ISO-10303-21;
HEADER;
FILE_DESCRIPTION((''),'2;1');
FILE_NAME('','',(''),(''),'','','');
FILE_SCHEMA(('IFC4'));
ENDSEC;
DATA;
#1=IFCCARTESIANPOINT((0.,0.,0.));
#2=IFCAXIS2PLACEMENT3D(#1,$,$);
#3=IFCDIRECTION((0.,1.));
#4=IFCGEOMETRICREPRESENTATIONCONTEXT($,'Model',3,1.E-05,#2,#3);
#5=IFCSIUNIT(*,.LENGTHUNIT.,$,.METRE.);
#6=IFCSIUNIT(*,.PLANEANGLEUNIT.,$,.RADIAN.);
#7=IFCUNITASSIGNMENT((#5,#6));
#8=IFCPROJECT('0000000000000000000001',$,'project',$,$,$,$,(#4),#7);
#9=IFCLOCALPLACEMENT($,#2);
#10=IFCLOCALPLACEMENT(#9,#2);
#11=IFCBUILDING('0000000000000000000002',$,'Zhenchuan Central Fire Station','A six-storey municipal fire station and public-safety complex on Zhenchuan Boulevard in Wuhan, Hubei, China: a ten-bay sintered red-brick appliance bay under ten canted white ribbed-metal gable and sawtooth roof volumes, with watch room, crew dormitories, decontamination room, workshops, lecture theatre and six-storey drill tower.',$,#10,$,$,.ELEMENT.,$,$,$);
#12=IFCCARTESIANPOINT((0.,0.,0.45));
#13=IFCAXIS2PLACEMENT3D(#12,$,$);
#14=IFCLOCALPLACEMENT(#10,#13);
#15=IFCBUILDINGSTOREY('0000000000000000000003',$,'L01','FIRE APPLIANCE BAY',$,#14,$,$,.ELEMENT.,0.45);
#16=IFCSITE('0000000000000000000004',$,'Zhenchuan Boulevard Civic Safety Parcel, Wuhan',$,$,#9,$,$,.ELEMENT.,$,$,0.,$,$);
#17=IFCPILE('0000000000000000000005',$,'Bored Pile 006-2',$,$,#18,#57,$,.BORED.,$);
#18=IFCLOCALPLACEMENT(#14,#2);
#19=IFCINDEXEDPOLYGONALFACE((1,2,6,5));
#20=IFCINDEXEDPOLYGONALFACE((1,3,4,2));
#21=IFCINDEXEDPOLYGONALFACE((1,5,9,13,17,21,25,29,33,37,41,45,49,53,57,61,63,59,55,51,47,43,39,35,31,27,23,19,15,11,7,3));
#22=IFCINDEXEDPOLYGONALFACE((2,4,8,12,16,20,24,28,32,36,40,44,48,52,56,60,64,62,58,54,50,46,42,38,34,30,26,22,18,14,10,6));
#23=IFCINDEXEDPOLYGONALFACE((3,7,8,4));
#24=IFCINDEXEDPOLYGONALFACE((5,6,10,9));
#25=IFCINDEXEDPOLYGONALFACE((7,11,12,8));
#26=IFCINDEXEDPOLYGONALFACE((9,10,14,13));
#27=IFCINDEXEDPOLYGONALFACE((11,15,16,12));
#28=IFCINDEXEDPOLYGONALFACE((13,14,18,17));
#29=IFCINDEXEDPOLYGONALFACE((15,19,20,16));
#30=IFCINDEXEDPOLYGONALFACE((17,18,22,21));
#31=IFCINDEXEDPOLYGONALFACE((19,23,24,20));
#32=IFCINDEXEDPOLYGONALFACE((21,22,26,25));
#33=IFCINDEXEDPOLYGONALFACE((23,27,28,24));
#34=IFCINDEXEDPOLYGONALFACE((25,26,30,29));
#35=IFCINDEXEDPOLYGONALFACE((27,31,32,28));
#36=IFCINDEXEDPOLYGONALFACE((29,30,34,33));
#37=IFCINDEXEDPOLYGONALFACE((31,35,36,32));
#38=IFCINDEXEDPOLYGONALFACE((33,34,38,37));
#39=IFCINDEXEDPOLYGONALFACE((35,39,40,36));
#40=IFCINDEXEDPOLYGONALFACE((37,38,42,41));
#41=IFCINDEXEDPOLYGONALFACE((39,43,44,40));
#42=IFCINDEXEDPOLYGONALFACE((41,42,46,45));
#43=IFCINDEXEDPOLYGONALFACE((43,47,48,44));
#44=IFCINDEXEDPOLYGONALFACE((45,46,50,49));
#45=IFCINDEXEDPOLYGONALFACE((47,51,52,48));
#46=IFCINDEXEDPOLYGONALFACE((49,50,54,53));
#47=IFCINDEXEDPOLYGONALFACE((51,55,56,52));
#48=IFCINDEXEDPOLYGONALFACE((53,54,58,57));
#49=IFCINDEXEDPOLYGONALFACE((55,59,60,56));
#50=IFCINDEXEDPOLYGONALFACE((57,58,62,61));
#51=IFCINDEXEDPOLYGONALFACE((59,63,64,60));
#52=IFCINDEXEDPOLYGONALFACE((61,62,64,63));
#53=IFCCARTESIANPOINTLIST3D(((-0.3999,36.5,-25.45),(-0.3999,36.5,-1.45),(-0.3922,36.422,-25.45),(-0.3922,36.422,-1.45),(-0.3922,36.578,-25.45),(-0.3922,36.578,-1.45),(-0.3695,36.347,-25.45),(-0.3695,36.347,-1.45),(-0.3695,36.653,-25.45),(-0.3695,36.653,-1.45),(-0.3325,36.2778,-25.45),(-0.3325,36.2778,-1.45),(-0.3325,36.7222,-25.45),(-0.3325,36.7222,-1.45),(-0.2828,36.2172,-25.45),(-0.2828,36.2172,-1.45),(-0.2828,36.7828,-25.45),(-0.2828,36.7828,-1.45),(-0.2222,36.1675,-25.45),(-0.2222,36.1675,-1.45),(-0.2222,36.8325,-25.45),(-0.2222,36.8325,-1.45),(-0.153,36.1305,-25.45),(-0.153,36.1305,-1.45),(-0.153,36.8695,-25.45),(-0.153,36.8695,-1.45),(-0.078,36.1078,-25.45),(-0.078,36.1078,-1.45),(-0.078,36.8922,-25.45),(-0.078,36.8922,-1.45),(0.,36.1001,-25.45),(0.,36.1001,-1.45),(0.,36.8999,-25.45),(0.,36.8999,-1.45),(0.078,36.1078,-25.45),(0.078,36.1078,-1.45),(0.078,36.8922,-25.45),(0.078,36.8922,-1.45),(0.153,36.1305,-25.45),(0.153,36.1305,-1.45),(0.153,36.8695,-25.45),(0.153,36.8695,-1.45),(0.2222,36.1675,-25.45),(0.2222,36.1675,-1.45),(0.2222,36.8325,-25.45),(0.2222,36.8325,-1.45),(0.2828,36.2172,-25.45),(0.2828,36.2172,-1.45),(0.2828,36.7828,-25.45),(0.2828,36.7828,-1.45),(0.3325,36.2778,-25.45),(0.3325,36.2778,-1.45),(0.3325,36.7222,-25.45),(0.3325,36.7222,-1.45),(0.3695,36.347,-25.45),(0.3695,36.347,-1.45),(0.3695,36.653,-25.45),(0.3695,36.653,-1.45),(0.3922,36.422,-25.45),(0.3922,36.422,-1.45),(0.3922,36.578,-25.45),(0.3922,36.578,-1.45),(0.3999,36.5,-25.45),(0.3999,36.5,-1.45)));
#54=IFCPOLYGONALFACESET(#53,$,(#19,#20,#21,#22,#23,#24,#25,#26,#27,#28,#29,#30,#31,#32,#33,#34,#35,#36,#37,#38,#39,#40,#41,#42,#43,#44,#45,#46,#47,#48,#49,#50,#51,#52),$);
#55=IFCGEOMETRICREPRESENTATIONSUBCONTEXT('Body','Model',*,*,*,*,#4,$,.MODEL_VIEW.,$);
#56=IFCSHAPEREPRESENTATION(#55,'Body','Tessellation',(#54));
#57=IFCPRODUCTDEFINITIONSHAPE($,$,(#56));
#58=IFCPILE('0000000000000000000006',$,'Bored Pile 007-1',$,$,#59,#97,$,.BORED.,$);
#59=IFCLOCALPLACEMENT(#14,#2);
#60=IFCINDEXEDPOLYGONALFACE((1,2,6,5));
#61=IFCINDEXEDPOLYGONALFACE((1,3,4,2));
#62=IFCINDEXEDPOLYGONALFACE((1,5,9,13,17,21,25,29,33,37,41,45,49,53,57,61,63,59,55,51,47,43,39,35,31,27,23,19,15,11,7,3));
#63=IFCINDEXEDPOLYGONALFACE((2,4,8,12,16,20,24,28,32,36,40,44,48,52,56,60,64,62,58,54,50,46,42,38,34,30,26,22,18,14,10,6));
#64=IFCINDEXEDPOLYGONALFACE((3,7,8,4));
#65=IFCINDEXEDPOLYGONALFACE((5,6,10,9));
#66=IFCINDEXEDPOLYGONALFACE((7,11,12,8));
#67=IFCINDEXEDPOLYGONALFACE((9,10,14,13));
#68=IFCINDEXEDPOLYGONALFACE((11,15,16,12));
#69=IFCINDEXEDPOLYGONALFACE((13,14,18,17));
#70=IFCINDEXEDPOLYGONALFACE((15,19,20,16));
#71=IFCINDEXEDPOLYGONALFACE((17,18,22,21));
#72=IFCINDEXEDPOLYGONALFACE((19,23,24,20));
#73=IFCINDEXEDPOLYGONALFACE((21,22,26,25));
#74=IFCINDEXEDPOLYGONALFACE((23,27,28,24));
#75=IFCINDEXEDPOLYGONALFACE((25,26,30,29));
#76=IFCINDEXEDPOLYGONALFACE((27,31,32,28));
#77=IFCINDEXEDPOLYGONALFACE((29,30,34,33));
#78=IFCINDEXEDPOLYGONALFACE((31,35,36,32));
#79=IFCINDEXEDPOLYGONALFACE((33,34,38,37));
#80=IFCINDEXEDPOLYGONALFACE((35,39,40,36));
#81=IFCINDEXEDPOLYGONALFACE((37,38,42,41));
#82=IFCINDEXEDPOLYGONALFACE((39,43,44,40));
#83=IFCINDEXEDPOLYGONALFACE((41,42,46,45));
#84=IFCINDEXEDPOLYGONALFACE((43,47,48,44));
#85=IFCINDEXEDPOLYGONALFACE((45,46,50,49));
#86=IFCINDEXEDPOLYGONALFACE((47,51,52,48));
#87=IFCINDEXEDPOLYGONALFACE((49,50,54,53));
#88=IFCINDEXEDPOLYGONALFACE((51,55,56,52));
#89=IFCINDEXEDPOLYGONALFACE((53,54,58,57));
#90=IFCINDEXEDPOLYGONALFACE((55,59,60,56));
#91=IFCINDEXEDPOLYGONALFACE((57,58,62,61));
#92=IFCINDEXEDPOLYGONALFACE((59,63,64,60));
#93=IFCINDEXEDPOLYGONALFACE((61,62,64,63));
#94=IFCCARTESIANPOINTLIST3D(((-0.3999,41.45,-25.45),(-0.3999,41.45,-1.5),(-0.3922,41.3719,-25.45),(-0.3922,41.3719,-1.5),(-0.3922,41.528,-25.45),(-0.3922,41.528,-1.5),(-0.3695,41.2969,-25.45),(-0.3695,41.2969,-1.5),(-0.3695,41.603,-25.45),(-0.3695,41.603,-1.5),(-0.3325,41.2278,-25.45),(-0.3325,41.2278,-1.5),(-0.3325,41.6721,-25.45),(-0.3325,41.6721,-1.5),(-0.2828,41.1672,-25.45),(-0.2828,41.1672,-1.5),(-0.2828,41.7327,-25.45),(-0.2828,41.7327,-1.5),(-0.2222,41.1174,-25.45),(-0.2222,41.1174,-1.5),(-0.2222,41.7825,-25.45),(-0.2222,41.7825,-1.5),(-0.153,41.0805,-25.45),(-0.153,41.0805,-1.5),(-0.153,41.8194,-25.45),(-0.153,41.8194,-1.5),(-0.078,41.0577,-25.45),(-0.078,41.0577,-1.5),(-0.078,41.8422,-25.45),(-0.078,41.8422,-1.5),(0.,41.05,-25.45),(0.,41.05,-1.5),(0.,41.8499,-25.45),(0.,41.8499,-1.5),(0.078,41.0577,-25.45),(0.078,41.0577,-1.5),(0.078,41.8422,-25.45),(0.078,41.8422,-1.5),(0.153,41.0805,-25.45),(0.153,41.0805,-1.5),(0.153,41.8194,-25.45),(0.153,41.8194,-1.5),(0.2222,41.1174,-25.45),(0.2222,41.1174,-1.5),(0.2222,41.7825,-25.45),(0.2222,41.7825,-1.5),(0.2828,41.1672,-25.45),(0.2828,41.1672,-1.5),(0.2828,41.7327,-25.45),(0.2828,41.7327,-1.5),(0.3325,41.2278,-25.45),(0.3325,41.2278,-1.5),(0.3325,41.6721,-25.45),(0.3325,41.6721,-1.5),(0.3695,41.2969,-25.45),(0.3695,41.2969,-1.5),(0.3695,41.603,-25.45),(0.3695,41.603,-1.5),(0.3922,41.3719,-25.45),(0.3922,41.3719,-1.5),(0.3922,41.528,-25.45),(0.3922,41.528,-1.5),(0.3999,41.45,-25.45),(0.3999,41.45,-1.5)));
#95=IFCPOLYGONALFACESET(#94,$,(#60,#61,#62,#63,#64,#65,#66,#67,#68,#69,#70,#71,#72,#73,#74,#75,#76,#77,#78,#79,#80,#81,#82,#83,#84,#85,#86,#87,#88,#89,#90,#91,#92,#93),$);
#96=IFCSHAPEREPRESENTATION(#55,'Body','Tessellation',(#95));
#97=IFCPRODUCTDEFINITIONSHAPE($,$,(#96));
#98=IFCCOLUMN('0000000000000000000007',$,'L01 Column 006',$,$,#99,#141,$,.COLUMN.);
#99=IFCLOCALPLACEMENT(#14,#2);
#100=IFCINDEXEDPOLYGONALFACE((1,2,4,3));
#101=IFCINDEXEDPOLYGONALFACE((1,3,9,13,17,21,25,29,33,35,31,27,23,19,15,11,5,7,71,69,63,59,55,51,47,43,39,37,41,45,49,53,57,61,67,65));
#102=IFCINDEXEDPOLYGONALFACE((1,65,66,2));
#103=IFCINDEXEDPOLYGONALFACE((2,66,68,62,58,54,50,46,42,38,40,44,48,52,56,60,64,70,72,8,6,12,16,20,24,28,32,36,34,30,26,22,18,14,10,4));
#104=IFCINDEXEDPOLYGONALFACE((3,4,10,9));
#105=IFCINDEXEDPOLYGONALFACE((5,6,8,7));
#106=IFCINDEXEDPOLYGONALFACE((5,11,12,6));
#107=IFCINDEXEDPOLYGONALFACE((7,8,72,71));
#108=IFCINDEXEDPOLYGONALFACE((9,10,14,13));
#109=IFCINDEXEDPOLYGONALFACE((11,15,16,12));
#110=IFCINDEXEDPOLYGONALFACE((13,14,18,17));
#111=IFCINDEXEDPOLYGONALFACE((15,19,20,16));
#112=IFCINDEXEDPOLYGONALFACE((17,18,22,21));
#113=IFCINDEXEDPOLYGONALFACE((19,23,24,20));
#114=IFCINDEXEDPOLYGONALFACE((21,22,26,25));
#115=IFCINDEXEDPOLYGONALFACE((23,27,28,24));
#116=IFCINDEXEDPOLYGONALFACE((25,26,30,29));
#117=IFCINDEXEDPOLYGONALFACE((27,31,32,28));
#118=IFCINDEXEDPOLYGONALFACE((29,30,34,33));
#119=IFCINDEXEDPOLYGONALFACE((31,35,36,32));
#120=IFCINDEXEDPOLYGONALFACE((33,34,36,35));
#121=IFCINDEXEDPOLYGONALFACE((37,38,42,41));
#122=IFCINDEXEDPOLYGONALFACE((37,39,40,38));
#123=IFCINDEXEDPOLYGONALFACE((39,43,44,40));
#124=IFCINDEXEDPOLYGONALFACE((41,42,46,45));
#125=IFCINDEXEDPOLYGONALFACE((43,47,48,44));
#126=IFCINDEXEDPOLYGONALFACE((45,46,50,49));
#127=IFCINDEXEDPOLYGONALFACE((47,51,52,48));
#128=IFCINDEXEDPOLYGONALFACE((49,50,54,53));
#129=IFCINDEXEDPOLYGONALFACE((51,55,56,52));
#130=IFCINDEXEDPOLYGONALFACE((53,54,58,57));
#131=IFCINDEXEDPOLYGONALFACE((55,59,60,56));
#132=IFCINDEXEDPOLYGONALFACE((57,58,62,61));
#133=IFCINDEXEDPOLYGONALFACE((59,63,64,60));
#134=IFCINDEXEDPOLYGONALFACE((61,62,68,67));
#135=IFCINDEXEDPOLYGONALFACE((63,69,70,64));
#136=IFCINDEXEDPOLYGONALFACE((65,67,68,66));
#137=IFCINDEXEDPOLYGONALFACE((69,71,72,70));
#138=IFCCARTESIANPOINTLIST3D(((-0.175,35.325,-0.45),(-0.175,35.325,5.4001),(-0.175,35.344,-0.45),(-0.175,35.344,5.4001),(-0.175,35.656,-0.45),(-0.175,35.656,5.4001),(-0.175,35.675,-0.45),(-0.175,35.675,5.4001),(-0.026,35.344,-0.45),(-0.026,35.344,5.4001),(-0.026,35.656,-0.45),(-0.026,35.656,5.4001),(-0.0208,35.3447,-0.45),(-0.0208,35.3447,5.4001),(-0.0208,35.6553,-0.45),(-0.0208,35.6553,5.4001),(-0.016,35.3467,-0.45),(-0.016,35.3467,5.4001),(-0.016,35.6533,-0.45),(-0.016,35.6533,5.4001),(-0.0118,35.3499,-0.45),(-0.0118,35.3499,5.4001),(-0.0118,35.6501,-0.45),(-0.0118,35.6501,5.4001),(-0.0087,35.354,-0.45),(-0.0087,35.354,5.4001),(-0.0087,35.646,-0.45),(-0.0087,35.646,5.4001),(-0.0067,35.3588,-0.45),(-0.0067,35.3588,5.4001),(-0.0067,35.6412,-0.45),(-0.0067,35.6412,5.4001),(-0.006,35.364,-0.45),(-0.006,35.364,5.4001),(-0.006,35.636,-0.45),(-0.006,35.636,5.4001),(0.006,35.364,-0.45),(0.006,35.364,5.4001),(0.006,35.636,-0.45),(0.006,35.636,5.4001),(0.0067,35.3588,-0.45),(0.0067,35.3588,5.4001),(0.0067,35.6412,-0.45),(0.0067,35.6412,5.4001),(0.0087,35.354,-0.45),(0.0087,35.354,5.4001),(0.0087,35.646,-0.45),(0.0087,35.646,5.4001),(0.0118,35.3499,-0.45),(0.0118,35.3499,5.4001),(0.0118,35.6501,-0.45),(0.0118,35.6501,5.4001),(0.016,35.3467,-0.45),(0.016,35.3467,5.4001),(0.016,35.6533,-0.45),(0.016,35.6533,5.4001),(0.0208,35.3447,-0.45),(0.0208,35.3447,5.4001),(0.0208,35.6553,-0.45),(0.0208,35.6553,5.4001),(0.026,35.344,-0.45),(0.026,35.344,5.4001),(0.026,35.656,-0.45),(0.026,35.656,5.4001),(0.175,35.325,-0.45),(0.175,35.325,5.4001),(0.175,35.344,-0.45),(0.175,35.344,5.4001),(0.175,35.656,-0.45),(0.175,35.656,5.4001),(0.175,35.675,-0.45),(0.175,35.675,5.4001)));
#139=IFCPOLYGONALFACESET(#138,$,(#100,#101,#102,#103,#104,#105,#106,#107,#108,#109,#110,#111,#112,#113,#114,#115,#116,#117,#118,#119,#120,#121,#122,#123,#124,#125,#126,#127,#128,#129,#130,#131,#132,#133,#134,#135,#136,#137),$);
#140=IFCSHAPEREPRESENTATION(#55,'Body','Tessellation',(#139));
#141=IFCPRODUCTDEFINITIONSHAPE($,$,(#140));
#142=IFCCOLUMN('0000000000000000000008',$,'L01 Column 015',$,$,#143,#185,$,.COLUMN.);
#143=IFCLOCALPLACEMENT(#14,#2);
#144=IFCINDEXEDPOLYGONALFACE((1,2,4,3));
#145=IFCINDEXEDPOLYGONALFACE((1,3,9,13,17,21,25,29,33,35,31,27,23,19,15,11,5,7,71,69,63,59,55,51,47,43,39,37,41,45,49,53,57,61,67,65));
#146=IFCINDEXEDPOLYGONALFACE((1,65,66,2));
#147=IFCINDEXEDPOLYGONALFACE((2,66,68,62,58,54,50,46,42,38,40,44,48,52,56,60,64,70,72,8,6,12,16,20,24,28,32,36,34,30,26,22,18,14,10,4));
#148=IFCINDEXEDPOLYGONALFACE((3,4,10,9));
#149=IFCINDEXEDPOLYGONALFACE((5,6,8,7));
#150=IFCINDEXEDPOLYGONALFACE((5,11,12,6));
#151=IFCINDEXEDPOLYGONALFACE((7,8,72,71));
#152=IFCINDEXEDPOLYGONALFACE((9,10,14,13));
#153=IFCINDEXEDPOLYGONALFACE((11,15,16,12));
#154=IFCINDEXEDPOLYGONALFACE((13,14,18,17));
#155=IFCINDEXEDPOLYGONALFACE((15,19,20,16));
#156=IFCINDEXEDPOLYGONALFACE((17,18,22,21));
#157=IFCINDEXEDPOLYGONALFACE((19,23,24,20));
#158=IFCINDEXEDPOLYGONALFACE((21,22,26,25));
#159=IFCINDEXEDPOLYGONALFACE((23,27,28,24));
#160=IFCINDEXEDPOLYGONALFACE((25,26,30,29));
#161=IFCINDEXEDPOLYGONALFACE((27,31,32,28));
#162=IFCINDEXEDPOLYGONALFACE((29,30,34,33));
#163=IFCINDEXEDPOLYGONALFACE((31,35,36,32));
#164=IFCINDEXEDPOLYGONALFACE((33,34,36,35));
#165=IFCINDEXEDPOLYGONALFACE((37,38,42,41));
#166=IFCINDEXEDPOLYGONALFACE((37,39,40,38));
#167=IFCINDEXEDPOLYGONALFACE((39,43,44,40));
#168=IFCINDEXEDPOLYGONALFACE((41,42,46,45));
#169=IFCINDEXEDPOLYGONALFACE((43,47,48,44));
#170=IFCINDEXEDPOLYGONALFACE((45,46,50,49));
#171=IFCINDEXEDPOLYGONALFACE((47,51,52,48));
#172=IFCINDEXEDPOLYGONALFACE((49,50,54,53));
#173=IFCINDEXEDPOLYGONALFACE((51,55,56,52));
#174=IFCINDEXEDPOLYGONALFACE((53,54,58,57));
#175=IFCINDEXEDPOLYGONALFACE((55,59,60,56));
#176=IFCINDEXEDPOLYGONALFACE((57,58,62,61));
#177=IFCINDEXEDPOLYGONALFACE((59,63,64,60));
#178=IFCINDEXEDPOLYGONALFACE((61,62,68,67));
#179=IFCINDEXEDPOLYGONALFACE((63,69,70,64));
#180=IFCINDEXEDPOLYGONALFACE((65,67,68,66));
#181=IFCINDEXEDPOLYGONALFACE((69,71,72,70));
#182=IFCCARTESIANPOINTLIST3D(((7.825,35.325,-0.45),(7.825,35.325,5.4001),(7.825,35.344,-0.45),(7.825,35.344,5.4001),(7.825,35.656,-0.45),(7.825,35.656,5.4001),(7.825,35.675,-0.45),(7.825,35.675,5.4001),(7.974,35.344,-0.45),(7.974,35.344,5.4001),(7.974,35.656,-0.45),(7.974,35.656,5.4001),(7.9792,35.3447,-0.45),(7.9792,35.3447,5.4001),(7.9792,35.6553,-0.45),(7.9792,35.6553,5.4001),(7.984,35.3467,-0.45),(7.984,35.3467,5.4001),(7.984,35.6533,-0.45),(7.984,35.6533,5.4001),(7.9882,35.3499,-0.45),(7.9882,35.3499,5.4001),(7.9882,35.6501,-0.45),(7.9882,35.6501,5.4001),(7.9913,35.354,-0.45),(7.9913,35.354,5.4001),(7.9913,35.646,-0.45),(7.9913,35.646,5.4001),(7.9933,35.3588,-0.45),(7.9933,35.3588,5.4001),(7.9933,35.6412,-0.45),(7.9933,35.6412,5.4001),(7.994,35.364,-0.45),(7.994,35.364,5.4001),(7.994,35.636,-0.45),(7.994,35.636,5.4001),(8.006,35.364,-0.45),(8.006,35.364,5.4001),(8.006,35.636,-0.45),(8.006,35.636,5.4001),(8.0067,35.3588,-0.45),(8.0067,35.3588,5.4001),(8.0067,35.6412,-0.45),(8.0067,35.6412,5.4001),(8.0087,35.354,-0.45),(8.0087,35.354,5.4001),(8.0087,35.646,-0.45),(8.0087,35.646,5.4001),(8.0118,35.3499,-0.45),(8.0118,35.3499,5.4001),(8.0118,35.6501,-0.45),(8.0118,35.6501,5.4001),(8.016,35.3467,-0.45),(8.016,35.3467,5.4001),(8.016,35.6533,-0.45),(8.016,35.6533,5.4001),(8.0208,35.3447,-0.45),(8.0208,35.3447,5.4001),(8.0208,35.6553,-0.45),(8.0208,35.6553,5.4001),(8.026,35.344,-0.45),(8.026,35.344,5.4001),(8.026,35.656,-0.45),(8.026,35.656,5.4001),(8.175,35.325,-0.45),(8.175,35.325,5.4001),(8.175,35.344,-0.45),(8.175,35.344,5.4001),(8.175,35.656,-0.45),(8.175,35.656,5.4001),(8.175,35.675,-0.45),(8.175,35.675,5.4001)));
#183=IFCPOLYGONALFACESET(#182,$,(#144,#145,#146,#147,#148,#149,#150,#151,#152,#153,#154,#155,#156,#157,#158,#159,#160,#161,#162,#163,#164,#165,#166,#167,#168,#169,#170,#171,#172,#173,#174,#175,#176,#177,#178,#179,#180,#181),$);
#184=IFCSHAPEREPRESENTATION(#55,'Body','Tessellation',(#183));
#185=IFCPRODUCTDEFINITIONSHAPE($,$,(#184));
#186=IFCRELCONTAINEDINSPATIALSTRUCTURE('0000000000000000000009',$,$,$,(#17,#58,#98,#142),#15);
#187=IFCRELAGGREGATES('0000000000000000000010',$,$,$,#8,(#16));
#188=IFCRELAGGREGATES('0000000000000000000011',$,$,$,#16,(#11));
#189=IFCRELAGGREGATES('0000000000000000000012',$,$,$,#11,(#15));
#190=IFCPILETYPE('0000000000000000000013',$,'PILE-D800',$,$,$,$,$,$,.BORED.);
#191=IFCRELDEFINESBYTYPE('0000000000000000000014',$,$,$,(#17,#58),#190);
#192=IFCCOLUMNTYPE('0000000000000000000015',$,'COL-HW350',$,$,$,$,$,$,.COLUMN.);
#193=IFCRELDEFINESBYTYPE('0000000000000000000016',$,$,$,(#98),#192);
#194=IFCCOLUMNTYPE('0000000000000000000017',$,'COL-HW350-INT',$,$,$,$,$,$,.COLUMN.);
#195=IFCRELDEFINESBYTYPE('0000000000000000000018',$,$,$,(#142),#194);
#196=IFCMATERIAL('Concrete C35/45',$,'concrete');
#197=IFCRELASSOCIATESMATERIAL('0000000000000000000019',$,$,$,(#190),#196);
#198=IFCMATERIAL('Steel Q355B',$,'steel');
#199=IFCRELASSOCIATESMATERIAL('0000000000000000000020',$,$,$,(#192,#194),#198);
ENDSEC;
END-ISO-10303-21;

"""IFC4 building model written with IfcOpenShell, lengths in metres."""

from ifc_helpers import new_model, si_unit, direction, frame, origin, origin_2d, place, context, subcontext, project, spatial, circle, i_section, extrude, material, material_profile, profile_set, type_object, element, save


model = new_model("IFC4")

# Units and contexts
model_context = context("Model", 3, precision=1e-05, world=origin(), true_north=direction((0.0, 1.0)))
body_context = subcontext(model_context, "Body", "Model", "MODEL_VIEW")
ifc_project = project(units=[si_unit("LENGTHUNIT", "METRE"), si_unit("PLANEANGLEUNIT", "RADIAN")], contexts=[model_context])

# Site, building, storey
site_placement = place(None, origin())
site = spatial("IfcSite", under=ifc_project, at=site_placement, Name="Zhenchuan Boulevard Civic Safety Parcel, Wuhan", CompositionType="ELEMENT", RefElevation=0.0)
building_placement = place(site_placement, origin())
building = spatial("IfcBuilding", under=site, at=building_placement, Name="Zhenchuan Central Fire Station", Description="A six-storey municipal fire station and public-safety complex on Zhenchuan Boulevard in Wuhan, Hubei, China: a ten-bay sintered red-brick appliance bay under ten canted white ribbed-metal gable and sawtooth roof volumes, with watch room, crew dormitories, decontamination room, workshops, lecture theatre and six-storey drill tower.", CompositionType="ELEMENT")
storey_placement = place(building_placement, frame((0.0, 0.0, 0.45)))
storey = spatial("IfcBuildingStorey", under=building, at=storey_placement, Name="L01", Description="FIRE APPLIANCE BAY", CompositionType="ELEMENT", Elevation=0.45)

# Piles
ifc_material_1 = material(Name="Concrete C35/45", Category="concrete")
ifc_material_profile_1 = material_profile(ifc_material_1, circle(Radius=0.3999, at=origin_2d()), Name="PILE D800")
ifc_profile_set_1 = profile_set([ifc_material_profile_1], Name="Concrete C35/45")
pile_type_1 = type_object("IfcPileType", Name="PILE-D800", PredefinedType="BORED", material=ifc_profile_set_1)
for number, where, z_axis, x_axis, name in (
    (1, (0.0, 36.5, -1.45), (0.0, 0.0, -1.0), (1.0, 0.0, 0.0), "Bored Pile 006-2"),
):
    element("IfcPile", number, at=place(storey_placement, frame(where, z_axis=z_axis, x_axis=x_axis)), inside=storey, type_object=pile_type_1, Name=name, PredefinedType="BORED", context=body_context, shape_type="SweptSolid", body=[
        extrude(circle(Radius=0.3999, at=origin_2d()), origin(), (0.0, 0.0, 1.0), 24.0),
    ])
pile_placement = place(storey_placement, frame((0.0, 41.45, -1.5), z_axis=(0.0, 0.0, -1.0), x_axis=(1.0, 0.0, 0.0)))
element("IfcPile", 2, at=pile_placement, inside=storey, type_object=pile_type_1, Name="Bored Pile 007-1", PredefinedType="BORED", context=body_context, shape_type="SweptSolid", body=[
    extrude(circle(Radius=0.3999, at=origin_2d()), origin(), (0.0, 0.0, 1.0), 23.95),
])

# Columns
ifc_material_2 = material(Name="Steel Q355B", Category="steel")
ifc_material_profile_2 = material_profile(ifc_material_2, i_section(OverallWidth=0.3501, OverallDepth=0.3501, WebThickness=0.012, FlangeThickness=0.019, FilletRadius=0.02, at=origin_2d()), Name="HW 350x350")
ifc_profile_set_2 = profile_set([ifc_material_profile_2], Name="Steel Q355B")
column_type_1 = type_object("IfcColumnType", Name="COL-HW350", PredefinedType="COLUMN", material=ifc_profile_set_2)
column_1_placement = place(storey_placement, frame((0.0, 35.5, -0.45), z_axis=(0.0, 0.0, 1.0), x_axis=(1.0, 0.0, 0.0)))
element("IfcColumn", 3, at=column_1_placement, inside=storey, type_object=column_type_1, Name="L01 Column 006", PredefinedType="COLUMN", context=body_context, shape_type="SweptSolid", body=[
    extrude(i_section(OverallWidth=0.3501, OverallDepth=0.3501, WebThickness=0.012, FlangeThickness=0.019, FilletRadius=0.02, at=origin_2d()), origin(), (0.0, 0.0, 1.0), 5.8501),
])
ifc_material_profile_3 = material_profile(ifc_material_2, i_section(OverallWidth=0.3501, OverallDepth=0.3501, WebThickness=0.012, FlangeThickness=0.019, FilletRadius=0.02, at=origin_2d()), Name="HW 350x350")
ifc_profile_set_3 = profile_set([ifc_material_profile_3], Name="Steel Q355B")
column_type_2 = type_object("IfcColumnType", Name="COL-HW350-INT", PredefinedType="COLUMN", material=ifc_profile_set_3)
column_2_placement = place(storey_placement, frame((8.0, 35.5, -0.45), z_axis=(0.0, 0.0, 1.0), x_axis=(1.0, 0.0, 0.0)))
element("IfcColumn", 4, at=column_2_placement, inside=storey, type_object=column_type_2, Name="L01 Column 015", PredefinedType="COLUMN", context=body_context, shape_type="SweptSolid", body=[
    extrude(i_section(OverallWidth=0.3501, OverallDepth=0.3501, WebThickness=0.012, FlangeThickness=0.019, FilletRadius=0.02, at=origin_2d()), origin(), (0.0, 0.0, 1.0), 5.8501),
])

save(model, "model.ifc")
